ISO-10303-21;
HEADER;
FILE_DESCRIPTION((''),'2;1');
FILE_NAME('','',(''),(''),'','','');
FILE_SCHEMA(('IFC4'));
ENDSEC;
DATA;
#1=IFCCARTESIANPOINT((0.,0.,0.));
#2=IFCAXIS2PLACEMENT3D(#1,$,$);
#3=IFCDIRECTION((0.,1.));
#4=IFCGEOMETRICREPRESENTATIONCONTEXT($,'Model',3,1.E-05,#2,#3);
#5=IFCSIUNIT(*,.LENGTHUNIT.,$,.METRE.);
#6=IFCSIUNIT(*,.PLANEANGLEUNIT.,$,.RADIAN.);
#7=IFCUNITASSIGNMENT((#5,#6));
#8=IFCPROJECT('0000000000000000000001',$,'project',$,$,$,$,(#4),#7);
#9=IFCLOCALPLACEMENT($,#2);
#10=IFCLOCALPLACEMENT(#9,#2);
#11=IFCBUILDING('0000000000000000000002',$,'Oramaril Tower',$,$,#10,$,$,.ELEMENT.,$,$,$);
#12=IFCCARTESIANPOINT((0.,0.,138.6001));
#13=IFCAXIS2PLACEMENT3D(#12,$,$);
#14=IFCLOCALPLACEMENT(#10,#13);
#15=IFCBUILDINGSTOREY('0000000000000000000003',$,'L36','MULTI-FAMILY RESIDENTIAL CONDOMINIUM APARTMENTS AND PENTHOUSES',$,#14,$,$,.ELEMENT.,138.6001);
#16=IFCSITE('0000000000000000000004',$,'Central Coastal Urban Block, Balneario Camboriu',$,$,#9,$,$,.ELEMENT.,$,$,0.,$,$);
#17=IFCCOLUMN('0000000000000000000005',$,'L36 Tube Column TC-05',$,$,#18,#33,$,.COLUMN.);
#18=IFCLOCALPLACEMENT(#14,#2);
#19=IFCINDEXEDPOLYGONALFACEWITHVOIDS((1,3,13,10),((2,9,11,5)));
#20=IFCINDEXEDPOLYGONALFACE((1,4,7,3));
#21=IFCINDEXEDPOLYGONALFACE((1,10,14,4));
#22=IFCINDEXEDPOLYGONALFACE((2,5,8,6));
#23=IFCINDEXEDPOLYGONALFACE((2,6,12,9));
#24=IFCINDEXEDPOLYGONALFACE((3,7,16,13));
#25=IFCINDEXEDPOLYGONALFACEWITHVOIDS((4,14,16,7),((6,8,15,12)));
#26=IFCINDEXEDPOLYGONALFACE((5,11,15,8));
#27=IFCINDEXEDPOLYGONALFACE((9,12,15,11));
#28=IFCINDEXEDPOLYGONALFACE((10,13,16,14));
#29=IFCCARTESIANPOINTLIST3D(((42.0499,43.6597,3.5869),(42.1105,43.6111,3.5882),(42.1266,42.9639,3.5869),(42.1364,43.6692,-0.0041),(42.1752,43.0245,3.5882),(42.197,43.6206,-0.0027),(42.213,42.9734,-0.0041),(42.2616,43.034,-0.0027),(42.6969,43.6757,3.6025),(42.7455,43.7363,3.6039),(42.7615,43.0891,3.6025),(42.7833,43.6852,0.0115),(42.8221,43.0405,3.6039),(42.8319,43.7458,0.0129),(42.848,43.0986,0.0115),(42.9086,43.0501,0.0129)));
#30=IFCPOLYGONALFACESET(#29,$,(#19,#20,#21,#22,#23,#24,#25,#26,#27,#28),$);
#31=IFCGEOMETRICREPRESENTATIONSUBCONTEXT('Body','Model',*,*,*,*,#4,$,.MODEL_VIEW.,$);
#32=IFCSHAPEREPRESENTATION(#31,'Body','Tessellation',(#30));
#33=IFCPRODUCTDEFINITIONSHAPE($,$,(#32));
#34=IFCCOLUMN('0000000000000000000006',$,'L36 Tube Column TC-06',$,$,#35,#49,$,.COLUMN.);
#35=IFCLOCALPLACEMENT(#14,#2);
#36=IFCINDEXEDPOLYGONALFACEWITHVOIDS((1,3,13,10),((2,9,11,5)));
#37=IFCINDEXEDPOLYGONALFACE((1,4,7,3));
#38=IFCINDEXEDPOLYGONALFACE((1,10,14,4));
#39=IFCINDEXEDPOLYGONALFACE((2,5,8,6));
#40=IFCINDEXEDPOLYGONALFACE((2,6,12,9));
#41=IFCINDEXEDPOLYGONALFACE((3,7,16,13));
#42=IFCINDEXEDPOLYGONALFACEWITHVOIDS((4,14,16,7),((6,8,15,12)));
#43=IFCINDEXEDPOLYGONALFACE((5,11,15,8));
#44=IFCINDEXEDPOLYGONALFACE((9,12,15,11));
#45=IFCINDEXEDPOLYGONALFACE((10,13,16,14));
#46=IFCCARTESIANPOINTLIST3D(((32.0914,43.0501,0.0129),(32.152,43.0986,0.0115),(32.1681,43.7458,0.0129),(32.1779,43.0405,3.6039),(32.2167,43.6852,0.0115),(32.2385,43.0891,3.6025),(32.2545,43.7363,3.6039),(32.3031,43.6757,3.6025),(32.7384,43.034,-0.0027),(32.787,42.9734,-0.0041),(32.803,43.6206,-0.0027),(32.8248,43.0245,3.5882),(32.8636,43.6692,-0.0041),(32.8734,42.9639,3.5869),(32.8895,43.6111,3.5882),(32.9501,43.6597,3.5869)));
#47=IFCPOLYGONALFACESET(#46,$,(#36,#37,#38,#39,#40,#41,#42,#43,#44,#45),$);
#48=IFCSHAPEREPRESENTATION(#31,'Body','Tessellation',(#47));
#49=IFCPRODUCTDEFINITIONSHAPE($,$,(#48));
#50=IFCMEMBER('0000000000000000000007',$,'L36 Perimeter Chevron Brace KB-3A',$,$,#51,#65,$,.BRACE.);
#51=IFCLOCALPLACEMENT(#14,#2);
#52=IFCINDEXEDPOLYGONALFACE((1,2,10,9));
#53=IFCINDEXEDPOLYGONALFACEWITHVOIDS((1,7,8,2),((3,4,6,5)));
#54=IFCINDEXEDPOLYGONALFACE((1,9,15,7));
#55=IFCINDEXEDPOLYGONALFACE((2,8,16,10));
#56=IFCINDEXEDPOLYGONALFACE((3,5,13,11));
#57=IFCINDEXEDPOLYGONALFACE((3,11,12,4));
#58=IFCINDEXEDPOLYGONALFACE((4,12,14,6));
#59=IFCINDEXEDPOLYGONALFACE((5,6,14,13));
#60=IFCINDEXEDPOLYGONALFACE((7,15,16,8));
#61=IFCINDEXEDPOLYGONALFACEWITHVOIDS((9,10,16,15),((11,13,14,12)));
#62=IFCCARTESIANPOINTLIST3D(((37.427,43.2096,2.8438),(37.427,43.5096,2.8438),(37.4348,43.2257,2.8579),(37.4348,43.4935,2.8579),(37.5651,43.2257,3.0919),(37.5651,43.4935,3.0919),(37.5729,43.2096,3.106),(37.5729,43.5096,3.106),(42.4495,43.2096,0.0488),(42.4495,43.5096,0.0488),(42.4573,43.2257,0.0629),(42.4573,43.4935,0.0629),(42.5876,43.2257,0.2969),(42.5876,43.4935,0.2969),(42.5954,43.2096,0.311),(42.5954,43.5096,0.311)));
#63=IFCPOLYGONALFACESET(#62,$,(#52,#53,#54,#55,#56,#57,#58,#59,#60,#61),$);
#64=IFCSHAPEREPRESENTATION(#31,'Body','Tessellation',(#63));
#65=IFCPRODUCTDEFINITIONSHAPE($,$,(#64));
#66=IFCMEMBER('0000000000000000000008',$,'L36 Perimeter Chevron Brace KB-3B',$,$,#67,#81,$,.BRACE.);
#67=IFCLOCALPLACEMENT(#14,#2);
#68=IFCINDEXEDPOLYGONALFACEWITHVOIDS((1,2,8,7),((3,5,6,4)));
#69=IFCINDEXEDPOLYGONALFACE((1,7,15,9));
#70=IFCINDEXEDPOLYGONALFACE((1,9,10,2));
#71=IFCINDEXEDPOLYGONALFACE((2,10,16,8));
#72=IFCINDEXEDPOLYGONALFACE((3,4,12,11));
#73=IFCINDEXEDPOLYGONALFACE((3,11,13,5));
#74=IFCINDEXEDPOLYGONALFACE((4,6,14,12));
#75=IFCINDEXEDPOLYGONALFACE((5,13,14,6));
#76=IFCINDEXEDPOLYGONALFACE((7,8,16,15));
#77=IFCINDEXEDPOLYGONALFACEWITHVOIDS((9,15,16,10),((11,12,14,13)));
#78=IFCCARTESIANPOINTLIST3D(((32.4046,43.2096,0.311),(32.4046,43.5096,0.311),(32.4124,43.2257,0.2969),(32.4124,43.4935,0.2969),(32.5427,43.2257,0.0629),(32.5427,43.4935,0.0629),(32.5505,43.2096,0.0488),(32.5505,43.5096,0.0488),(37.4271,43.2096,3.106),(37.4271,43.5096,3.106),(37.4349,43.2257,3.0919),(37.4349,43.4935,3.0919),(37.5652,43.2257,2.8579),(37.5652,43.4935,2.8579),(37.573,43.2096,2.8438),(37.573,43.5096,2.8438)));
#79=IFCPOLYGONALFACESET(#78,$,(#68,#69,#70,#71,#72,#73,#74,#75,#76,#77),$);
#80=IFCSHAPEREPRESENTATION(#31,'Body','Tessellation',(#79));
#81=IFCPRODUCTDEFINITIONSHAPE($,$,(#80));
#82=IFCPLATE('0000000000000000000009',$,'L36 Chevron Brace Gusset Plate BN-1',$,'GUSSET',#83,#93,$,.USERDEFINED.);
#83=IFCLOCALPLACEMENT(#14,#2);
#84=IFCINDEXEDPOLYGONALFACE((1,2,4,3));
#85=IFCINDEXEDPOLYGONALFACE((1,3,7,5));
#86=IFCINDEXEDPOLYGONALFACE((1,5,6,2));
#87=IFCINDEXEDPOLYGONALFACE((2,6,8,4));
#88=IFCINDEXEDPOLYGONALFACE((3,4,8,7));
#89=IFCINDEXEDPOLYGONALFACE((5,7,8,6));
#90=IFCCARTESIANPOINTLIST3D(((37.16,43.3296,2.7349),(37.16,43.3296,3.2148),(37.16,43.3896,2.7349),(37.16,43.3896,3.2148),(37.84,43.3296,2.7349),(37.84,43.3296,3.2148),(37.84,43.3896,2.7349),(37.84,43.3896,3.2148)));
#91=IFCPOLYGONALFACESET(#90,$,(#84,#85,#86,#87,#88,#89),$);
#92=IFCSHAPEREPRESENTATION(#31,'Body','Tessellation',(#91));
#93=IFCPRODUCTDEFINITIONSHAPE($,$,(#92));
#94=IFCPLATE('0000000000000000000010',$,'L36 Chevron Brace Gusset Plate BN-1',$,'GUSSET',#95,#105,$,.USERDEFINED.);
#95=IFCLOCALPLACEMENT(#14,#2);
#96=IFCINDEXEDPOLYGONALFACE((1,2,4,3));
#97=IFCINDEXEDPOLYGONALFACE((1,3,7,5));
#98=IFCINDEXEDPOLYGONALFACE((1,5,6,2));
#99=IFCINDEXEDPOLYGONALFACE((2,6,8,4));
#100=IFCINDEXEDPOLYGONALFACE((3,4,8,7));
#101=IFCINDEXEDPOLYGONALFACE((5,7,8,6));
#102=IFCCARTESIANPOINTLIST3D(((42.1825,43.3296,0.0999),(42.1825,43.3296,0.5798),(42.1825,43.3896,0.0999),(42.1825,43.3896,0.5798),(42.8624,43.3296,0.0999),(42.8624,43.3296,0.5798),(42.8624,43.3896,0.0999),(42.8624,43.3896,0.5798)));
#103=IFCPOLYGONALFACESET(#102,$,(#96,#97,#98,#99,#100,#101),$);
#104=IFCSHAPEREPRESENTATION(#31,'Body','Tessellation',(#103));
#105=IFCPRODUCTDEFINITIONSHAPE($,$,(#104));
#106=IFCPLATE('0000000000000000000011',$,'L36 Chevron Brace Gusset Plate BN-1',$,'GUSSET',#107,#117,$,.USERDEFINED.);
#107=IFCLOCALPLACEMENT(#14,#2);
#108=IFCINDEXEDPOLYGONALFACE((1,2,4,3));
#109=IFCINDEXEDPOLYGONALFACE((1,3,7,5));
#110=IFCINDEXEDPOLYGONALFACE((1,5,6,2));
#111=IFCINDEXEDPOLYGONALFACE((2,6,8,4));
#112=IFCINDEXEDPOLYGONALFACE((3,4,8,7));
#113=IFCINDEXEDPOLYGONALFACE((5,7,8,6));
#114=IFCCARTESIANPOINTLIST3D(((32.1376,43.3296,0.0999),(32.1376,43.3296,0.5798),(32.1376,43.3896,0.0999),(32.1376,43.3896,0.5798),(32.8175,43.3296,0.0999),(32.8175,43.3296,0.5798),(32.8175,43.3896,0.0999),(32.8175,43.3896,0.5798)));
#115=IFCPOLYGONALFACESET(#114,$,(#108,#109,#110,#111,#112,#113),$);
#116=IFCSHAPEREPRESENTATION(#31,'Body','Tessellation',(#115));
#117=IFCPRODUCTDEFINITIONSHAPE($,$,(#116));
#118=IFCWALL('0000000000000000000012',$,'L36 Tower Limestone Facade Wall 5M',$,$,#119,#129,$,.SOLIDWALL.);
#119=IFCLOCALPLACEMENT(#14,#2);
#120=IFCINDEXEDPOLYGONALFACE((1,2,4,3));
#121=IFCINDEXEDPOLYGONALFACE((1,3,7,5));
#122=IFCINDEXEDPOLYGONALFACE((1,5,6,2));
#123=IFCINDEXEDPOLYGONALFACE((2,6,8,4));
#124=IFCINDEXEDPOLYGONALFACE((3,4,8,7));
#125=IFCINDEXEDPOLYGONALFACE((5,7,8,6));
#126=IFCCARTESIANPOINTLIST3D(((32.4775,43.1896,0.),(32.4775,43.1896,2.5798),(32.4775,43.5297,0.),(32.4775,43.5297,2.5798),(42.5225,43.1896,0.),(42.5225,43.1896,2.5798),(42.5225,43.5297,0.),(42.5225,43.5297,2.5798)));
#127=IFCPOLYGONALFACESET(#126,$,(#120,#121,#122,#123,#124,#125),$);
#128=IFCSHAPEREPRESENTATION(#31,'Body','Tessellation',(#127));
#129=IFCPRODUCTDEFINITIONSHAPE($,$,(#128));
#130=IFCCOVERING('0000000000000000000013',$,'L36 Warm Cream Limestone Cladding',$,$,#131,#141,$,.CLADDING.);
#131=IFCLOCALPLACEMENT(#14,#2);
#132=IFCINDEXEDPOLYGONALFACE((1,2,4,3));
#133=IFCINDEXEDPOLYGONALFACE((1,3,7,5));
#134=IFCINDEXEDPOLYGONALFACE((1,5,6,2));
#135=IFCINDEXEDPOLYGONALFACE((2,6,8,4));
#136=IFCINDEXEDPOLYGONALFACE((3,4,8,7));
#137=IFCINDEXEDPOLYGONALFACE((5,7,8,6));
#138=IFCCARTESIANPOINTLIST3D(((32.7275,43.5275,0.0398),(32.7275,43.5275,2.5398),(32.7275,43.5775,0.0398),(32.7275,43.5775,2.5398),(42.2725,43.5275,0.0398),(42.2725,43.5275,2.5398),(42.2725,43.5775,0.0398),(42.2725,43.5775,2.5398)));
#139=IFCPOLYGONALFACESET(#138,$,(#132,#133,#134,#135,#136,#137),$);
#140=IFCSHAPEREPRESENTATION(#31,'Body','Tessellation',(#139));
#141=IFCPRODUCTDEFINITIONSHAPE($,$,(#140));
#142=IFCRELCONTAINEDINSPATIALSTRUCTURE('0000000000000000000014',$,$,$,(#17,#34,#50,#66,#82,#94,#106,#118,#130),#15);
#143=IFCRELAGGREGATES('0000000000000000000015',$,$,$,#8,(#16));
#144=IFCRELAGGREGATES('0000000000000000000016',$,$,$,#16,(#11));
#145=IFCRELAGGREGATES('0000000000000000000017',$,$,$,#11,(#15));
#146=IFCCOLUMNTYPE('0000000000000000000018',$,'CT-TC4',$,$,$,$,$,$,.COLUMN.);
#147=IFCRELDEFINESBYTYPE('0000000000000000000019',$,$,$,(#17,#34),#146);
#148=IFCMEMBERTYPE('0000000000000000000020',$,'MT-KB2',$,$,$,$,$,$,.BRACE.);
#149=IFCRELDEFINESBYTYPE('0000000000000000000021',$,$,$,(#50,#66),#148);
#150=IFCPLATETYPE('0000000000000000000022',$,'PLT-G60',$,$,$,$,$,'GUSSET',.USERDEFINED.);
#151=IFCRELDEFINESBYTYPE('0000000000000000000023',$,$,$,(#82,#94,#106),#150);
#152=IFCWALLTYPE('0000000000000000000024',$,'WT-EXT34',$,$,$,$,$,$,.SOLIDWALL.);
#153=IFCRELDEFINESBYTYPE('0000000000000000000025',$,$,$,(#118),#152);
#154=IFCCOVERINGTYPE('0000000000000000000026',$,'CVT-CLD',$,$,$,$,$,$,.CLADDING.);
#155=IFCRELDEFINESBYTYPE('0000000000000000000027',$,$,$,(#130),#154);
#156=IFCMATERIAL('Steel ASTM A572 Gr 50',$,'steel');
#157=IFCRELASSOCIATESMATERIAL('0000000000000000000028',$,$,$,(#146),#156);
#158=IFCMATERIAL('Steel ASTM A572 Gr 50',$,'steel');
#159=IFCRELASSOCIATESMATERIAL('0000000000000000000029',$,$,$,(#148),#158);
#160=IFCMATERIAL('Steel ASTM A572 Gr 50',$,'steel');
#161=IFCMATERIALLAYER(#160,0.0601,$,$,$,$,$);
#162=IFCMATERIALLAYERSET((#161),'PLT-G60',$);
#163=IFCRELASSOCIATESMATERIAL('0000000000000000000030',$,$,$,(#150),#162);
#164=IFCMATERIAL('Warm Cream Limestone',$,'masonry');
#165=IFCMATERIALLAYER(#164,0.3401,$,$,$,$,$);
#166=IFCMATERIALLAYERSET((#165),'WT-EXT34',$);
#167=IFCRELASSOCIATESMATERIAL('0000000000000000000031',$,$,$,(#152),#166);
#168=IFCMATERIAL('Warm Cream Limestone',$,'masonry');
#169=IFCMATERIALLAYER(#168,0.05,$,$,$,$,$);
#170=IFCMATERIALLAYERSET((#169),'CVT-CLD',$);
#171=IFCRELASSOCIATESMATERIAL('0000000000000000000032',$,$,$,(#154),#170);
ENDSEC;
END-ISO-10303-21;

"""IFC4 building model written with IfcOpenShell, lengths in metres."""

from ifc_helpers import new_model, si_unit, direction, frame, frame_2d, origin, origin_2d, place, context, subcontext, project, spatial, rectangle, hollow_rectangle, extrude, material, layer, layer_set, material_profile, profile_set, type_object, element, save


model = new_model("IFC4")

# Units and contexts
model_context = context("Model", 3, precision=1e-05, world=origin(), true_north=direction((0.0, 1.0)))
body_context = subcontext(model_context, "Body", "Model", "MODEL_VIEW")
ifc_project = project(units=[si_unit("LENGTHUNIT", "METRE"), si_unit("PLANEANGLEUNIT", "RADIAN")], contexts=[model_context])

# Site, building, storey
site_placement = place(None, origin())
site = spatial("IfcSite", under=ifc_project, at=site_placement, Name="Central Coastal Urban Block, Balneario Camboriu", CompositionType="ELEMENT", RefElevation=0.0)
building_placement = place(site_placement, origin())
building = spatial("IfcBuilding", under=site, at=building_placement, Name="Oramaril Tower", CompositionType="ELEMENT")
storey_placement = place(building_placement, frame((0.0, 0.0, 138.6001)))
storey = spatial("IfcBuildingStorey", under=building, at=storey_placement, Name="L36", Description="MULTI-FAMILY RESIDENTIAL CONDOMINIUM APARTMENTS AND PENTHOUSES", CompositionType="ELEMENT", Elevation=138.6001)

# Columns
ifc_material_1 = material(Name="Steel ASTM A572 Gr 50", Category="steel")
ifc_material_profile_1 = material_profile(ifc_material_1, hollow_rectangle(XDim=0.7, YDim=0.7, WallThickness=0.0549, at=origin_2d()), Name="BOX700X700X55")
ifc_profile_set_1 = profile_set([ifc_material_profile_1], Name="Steel ASTM A572 Gr 50")
column_type = type_object("IfcColumnType", Name="CT-TC4", PredefinedType="COLUMN", material=ifc_profile_set_1)
for number, where, z_axis, x_axis, name in (
    (1, (42.5225, 43.3596, 0.0044), (-0.02406, -0.002651, 0.999707), (0.109507, -0.993986, 0.0), "L36 Tube Column TC-05"),
    (2, (32.4775, 43.3596, 0.0044), (0.02406, -0.002651, 0.999707), (0.109507, 0.993986, 0.0), "L36 Tube Column TC-06"),
):
    element("IfcColumn", number, at=place(storey_placement, frame(where, z_axis=z_axis, x_axis=x_axis)), inside=storey, type_object=column_type, Name=name, PredefinedType="COLUMN", context=body_context, shape_type="SweptSolid", body=[
        extrude(hollow_rectangle(XDim=0.7, YDim=0.7, WallThickness=0.0549, at=origin_2d()), origin(), (0.0, 0.0, 1.0), 3.592),
    ])

# Members
ifc_material_2 = material(Name="Steel ASTM A572 Gr 50", Category="steel")
ifc_material_profile_2 = material_profile(ifc_material_2, hollow_rectangle(XDim=0.3, YDim=0.3, WallThickness=0.0161, at=origin_2d()), Name="HSS300X300X16")
ifc_profile_set_2 = profile_set([ifc_material_profile_2], Name="Steel ASTM A572 Gr 50")
member_type = type_object("IfcMemberType", Name="MT-KB2", PredefinedType="BRACE", material=ifc_profile_set_2)
for number, where, z_axis, x_axis, name in (
    (3, (42.5225, 43.3596, 0.1799), (-0.873812, 0.0, 0.486263), (0.0, -1.0, 0.0), "L36 Perimeter Chevron Brace KB-3A"),
    (4, (32.4775, 43.3596, 0.1799), (0.873812, 0.0, 0.486263), (0.0, 1.0, 0.0), "L36 Perimeter Chevron Brace KB-3B"),
):
    element("IfcMember", number, at=place(storey_placement, frame(where, z_axis=z_axis, x_axis=x_axis)), inside=storey, type_object=member_type, Name=name, PredefinedType="BRACE", context=body_context, shape_type="SweptSolid", body=[
        extrude(hollow_rectangle(XDim=0.3, YDim=0.3, WallThickness=0.0161, at=origin_2d()), origin(), (0.0, 0.0, 1.0), 5.7478),
    ])

# Plates
ifc_material_3 = material(Name="Steel ASTM A572 Gr 50", Category="steel")
ifc_layer_1 = layer(ifc_material_3, 0.0601)
ifc_layer_set_1 = layer_set([ifc_layer_1], Name="PLT-G60")
plate_type = type_object("IfcPlateType", Name="PLT-G60", ElementType="GUSSET", PredefinedType="USERDEFINED", material=ifc_layer_set_1)
for number, where, z_axis, x_axis, name in (
    (5, (37.5, 43.3596, 2.7349), (0.0, 0.0, 1.0), (-1.0, 0.0, 0.0), "L36 Chevron Brace Gusset Plate BN-1"),
    (6, (42.5225, 43.3596, 0.0999), (0.0, 0.0, 1.0), (-1.0, 0.0, 0.0), "L36 Chevron Brace Gusset Plate BN-1"),
    (7, (32.4775, 43.3596, 0.0999), (0.0, 0.0, 1.0), (-1.0, 0.0, 0.0), "L36 Chevron Brace Gusset Plate BN-1"),
):
    element("IfcPlate", number, at=place(storey_placement, frame(where, z_axis=z_axis, x_axis=x_axis)), inside=storey, type_object=plate_type, Name=name, ObjectType="GUSSET", PredefinedType="USERDEFINED", context=body_context, shape_type="SweptSolid", body=[
        extrude(rectangle(XDim=0.6799, YDim=0.0601, at=origin_2d()), origin(), (0.0, 0.0, 1.0), 0.48),
    ])

# Wall
ifc_material_4 = material(Name="Warm Cream Limestone", Category="masonry")
ifc_layer_2 = layer(ifc_material_4, 0.3401)
ifc_layer_set_2 = layer_set([ifc_layer_2], Name="WT-EXT34")
wall_type = type_object("IfcWallType", Name="WT-EXT34", PredefinedType="SOLIDWALL", material=ifc_layer_set_2)
wall_1_placement = place(storey_placement, frame((42.5225, 43.3596, 0.0), z_axis=(0.0, 0.0, 1.0), x_axis=(-1.0, 0.0, 0.0)))
element("IfcWall", 8, at=wall_1_placement, inside=storey, type_object=wall_type, Name="L36 Tower Limestone Facade Wall 5M", PredefinedType="SOLIDWALL", context=body_context, shape_type="SweptSolid", body=[
    extrude(rectangle(XDim=10.0449, YDim=0.3401, at=frame_2d((5.0225, 0.0))), origin(), (0.0, 0.0, 1.0), 2.5798),
])

# Covering
ifc_material_5 = material(Name="Warm Cream Limestone", Category="masonry")
ifc_layer_3 = layer(ifc_material_5, 0.05)
ifc_layer_set_3 = layer_set([ifc_layer_3], Name="CVT-CLD")
covering_type = type_object("IfcCoveringType", Name="CVT-CLD", PredefinedType="CLADDING", material=ifc_layer_set_3)
covering_placement = place(storey_placement, frame((37.5, 43.5525, 0.0398), z_axis=(0.0, 0.0, 1.0), x_axis=(-1.0, 0.0, 0.0)))
element("IfcCovering", 9, at=covering_placement, inside=storey, type_object=covering_type, Name="L36 Warm Cream Limestone Cladding", PredefinedType="CLADDING", context=body_context, shape_type="SweptSolid", body=[
    extrude(rectangle(XDim=9.5449, YDim=0.05, at=origin_2d()), origin(), (0.0, 0.0, 1.0), 2.5),
])

save(model, "model.ifc")
